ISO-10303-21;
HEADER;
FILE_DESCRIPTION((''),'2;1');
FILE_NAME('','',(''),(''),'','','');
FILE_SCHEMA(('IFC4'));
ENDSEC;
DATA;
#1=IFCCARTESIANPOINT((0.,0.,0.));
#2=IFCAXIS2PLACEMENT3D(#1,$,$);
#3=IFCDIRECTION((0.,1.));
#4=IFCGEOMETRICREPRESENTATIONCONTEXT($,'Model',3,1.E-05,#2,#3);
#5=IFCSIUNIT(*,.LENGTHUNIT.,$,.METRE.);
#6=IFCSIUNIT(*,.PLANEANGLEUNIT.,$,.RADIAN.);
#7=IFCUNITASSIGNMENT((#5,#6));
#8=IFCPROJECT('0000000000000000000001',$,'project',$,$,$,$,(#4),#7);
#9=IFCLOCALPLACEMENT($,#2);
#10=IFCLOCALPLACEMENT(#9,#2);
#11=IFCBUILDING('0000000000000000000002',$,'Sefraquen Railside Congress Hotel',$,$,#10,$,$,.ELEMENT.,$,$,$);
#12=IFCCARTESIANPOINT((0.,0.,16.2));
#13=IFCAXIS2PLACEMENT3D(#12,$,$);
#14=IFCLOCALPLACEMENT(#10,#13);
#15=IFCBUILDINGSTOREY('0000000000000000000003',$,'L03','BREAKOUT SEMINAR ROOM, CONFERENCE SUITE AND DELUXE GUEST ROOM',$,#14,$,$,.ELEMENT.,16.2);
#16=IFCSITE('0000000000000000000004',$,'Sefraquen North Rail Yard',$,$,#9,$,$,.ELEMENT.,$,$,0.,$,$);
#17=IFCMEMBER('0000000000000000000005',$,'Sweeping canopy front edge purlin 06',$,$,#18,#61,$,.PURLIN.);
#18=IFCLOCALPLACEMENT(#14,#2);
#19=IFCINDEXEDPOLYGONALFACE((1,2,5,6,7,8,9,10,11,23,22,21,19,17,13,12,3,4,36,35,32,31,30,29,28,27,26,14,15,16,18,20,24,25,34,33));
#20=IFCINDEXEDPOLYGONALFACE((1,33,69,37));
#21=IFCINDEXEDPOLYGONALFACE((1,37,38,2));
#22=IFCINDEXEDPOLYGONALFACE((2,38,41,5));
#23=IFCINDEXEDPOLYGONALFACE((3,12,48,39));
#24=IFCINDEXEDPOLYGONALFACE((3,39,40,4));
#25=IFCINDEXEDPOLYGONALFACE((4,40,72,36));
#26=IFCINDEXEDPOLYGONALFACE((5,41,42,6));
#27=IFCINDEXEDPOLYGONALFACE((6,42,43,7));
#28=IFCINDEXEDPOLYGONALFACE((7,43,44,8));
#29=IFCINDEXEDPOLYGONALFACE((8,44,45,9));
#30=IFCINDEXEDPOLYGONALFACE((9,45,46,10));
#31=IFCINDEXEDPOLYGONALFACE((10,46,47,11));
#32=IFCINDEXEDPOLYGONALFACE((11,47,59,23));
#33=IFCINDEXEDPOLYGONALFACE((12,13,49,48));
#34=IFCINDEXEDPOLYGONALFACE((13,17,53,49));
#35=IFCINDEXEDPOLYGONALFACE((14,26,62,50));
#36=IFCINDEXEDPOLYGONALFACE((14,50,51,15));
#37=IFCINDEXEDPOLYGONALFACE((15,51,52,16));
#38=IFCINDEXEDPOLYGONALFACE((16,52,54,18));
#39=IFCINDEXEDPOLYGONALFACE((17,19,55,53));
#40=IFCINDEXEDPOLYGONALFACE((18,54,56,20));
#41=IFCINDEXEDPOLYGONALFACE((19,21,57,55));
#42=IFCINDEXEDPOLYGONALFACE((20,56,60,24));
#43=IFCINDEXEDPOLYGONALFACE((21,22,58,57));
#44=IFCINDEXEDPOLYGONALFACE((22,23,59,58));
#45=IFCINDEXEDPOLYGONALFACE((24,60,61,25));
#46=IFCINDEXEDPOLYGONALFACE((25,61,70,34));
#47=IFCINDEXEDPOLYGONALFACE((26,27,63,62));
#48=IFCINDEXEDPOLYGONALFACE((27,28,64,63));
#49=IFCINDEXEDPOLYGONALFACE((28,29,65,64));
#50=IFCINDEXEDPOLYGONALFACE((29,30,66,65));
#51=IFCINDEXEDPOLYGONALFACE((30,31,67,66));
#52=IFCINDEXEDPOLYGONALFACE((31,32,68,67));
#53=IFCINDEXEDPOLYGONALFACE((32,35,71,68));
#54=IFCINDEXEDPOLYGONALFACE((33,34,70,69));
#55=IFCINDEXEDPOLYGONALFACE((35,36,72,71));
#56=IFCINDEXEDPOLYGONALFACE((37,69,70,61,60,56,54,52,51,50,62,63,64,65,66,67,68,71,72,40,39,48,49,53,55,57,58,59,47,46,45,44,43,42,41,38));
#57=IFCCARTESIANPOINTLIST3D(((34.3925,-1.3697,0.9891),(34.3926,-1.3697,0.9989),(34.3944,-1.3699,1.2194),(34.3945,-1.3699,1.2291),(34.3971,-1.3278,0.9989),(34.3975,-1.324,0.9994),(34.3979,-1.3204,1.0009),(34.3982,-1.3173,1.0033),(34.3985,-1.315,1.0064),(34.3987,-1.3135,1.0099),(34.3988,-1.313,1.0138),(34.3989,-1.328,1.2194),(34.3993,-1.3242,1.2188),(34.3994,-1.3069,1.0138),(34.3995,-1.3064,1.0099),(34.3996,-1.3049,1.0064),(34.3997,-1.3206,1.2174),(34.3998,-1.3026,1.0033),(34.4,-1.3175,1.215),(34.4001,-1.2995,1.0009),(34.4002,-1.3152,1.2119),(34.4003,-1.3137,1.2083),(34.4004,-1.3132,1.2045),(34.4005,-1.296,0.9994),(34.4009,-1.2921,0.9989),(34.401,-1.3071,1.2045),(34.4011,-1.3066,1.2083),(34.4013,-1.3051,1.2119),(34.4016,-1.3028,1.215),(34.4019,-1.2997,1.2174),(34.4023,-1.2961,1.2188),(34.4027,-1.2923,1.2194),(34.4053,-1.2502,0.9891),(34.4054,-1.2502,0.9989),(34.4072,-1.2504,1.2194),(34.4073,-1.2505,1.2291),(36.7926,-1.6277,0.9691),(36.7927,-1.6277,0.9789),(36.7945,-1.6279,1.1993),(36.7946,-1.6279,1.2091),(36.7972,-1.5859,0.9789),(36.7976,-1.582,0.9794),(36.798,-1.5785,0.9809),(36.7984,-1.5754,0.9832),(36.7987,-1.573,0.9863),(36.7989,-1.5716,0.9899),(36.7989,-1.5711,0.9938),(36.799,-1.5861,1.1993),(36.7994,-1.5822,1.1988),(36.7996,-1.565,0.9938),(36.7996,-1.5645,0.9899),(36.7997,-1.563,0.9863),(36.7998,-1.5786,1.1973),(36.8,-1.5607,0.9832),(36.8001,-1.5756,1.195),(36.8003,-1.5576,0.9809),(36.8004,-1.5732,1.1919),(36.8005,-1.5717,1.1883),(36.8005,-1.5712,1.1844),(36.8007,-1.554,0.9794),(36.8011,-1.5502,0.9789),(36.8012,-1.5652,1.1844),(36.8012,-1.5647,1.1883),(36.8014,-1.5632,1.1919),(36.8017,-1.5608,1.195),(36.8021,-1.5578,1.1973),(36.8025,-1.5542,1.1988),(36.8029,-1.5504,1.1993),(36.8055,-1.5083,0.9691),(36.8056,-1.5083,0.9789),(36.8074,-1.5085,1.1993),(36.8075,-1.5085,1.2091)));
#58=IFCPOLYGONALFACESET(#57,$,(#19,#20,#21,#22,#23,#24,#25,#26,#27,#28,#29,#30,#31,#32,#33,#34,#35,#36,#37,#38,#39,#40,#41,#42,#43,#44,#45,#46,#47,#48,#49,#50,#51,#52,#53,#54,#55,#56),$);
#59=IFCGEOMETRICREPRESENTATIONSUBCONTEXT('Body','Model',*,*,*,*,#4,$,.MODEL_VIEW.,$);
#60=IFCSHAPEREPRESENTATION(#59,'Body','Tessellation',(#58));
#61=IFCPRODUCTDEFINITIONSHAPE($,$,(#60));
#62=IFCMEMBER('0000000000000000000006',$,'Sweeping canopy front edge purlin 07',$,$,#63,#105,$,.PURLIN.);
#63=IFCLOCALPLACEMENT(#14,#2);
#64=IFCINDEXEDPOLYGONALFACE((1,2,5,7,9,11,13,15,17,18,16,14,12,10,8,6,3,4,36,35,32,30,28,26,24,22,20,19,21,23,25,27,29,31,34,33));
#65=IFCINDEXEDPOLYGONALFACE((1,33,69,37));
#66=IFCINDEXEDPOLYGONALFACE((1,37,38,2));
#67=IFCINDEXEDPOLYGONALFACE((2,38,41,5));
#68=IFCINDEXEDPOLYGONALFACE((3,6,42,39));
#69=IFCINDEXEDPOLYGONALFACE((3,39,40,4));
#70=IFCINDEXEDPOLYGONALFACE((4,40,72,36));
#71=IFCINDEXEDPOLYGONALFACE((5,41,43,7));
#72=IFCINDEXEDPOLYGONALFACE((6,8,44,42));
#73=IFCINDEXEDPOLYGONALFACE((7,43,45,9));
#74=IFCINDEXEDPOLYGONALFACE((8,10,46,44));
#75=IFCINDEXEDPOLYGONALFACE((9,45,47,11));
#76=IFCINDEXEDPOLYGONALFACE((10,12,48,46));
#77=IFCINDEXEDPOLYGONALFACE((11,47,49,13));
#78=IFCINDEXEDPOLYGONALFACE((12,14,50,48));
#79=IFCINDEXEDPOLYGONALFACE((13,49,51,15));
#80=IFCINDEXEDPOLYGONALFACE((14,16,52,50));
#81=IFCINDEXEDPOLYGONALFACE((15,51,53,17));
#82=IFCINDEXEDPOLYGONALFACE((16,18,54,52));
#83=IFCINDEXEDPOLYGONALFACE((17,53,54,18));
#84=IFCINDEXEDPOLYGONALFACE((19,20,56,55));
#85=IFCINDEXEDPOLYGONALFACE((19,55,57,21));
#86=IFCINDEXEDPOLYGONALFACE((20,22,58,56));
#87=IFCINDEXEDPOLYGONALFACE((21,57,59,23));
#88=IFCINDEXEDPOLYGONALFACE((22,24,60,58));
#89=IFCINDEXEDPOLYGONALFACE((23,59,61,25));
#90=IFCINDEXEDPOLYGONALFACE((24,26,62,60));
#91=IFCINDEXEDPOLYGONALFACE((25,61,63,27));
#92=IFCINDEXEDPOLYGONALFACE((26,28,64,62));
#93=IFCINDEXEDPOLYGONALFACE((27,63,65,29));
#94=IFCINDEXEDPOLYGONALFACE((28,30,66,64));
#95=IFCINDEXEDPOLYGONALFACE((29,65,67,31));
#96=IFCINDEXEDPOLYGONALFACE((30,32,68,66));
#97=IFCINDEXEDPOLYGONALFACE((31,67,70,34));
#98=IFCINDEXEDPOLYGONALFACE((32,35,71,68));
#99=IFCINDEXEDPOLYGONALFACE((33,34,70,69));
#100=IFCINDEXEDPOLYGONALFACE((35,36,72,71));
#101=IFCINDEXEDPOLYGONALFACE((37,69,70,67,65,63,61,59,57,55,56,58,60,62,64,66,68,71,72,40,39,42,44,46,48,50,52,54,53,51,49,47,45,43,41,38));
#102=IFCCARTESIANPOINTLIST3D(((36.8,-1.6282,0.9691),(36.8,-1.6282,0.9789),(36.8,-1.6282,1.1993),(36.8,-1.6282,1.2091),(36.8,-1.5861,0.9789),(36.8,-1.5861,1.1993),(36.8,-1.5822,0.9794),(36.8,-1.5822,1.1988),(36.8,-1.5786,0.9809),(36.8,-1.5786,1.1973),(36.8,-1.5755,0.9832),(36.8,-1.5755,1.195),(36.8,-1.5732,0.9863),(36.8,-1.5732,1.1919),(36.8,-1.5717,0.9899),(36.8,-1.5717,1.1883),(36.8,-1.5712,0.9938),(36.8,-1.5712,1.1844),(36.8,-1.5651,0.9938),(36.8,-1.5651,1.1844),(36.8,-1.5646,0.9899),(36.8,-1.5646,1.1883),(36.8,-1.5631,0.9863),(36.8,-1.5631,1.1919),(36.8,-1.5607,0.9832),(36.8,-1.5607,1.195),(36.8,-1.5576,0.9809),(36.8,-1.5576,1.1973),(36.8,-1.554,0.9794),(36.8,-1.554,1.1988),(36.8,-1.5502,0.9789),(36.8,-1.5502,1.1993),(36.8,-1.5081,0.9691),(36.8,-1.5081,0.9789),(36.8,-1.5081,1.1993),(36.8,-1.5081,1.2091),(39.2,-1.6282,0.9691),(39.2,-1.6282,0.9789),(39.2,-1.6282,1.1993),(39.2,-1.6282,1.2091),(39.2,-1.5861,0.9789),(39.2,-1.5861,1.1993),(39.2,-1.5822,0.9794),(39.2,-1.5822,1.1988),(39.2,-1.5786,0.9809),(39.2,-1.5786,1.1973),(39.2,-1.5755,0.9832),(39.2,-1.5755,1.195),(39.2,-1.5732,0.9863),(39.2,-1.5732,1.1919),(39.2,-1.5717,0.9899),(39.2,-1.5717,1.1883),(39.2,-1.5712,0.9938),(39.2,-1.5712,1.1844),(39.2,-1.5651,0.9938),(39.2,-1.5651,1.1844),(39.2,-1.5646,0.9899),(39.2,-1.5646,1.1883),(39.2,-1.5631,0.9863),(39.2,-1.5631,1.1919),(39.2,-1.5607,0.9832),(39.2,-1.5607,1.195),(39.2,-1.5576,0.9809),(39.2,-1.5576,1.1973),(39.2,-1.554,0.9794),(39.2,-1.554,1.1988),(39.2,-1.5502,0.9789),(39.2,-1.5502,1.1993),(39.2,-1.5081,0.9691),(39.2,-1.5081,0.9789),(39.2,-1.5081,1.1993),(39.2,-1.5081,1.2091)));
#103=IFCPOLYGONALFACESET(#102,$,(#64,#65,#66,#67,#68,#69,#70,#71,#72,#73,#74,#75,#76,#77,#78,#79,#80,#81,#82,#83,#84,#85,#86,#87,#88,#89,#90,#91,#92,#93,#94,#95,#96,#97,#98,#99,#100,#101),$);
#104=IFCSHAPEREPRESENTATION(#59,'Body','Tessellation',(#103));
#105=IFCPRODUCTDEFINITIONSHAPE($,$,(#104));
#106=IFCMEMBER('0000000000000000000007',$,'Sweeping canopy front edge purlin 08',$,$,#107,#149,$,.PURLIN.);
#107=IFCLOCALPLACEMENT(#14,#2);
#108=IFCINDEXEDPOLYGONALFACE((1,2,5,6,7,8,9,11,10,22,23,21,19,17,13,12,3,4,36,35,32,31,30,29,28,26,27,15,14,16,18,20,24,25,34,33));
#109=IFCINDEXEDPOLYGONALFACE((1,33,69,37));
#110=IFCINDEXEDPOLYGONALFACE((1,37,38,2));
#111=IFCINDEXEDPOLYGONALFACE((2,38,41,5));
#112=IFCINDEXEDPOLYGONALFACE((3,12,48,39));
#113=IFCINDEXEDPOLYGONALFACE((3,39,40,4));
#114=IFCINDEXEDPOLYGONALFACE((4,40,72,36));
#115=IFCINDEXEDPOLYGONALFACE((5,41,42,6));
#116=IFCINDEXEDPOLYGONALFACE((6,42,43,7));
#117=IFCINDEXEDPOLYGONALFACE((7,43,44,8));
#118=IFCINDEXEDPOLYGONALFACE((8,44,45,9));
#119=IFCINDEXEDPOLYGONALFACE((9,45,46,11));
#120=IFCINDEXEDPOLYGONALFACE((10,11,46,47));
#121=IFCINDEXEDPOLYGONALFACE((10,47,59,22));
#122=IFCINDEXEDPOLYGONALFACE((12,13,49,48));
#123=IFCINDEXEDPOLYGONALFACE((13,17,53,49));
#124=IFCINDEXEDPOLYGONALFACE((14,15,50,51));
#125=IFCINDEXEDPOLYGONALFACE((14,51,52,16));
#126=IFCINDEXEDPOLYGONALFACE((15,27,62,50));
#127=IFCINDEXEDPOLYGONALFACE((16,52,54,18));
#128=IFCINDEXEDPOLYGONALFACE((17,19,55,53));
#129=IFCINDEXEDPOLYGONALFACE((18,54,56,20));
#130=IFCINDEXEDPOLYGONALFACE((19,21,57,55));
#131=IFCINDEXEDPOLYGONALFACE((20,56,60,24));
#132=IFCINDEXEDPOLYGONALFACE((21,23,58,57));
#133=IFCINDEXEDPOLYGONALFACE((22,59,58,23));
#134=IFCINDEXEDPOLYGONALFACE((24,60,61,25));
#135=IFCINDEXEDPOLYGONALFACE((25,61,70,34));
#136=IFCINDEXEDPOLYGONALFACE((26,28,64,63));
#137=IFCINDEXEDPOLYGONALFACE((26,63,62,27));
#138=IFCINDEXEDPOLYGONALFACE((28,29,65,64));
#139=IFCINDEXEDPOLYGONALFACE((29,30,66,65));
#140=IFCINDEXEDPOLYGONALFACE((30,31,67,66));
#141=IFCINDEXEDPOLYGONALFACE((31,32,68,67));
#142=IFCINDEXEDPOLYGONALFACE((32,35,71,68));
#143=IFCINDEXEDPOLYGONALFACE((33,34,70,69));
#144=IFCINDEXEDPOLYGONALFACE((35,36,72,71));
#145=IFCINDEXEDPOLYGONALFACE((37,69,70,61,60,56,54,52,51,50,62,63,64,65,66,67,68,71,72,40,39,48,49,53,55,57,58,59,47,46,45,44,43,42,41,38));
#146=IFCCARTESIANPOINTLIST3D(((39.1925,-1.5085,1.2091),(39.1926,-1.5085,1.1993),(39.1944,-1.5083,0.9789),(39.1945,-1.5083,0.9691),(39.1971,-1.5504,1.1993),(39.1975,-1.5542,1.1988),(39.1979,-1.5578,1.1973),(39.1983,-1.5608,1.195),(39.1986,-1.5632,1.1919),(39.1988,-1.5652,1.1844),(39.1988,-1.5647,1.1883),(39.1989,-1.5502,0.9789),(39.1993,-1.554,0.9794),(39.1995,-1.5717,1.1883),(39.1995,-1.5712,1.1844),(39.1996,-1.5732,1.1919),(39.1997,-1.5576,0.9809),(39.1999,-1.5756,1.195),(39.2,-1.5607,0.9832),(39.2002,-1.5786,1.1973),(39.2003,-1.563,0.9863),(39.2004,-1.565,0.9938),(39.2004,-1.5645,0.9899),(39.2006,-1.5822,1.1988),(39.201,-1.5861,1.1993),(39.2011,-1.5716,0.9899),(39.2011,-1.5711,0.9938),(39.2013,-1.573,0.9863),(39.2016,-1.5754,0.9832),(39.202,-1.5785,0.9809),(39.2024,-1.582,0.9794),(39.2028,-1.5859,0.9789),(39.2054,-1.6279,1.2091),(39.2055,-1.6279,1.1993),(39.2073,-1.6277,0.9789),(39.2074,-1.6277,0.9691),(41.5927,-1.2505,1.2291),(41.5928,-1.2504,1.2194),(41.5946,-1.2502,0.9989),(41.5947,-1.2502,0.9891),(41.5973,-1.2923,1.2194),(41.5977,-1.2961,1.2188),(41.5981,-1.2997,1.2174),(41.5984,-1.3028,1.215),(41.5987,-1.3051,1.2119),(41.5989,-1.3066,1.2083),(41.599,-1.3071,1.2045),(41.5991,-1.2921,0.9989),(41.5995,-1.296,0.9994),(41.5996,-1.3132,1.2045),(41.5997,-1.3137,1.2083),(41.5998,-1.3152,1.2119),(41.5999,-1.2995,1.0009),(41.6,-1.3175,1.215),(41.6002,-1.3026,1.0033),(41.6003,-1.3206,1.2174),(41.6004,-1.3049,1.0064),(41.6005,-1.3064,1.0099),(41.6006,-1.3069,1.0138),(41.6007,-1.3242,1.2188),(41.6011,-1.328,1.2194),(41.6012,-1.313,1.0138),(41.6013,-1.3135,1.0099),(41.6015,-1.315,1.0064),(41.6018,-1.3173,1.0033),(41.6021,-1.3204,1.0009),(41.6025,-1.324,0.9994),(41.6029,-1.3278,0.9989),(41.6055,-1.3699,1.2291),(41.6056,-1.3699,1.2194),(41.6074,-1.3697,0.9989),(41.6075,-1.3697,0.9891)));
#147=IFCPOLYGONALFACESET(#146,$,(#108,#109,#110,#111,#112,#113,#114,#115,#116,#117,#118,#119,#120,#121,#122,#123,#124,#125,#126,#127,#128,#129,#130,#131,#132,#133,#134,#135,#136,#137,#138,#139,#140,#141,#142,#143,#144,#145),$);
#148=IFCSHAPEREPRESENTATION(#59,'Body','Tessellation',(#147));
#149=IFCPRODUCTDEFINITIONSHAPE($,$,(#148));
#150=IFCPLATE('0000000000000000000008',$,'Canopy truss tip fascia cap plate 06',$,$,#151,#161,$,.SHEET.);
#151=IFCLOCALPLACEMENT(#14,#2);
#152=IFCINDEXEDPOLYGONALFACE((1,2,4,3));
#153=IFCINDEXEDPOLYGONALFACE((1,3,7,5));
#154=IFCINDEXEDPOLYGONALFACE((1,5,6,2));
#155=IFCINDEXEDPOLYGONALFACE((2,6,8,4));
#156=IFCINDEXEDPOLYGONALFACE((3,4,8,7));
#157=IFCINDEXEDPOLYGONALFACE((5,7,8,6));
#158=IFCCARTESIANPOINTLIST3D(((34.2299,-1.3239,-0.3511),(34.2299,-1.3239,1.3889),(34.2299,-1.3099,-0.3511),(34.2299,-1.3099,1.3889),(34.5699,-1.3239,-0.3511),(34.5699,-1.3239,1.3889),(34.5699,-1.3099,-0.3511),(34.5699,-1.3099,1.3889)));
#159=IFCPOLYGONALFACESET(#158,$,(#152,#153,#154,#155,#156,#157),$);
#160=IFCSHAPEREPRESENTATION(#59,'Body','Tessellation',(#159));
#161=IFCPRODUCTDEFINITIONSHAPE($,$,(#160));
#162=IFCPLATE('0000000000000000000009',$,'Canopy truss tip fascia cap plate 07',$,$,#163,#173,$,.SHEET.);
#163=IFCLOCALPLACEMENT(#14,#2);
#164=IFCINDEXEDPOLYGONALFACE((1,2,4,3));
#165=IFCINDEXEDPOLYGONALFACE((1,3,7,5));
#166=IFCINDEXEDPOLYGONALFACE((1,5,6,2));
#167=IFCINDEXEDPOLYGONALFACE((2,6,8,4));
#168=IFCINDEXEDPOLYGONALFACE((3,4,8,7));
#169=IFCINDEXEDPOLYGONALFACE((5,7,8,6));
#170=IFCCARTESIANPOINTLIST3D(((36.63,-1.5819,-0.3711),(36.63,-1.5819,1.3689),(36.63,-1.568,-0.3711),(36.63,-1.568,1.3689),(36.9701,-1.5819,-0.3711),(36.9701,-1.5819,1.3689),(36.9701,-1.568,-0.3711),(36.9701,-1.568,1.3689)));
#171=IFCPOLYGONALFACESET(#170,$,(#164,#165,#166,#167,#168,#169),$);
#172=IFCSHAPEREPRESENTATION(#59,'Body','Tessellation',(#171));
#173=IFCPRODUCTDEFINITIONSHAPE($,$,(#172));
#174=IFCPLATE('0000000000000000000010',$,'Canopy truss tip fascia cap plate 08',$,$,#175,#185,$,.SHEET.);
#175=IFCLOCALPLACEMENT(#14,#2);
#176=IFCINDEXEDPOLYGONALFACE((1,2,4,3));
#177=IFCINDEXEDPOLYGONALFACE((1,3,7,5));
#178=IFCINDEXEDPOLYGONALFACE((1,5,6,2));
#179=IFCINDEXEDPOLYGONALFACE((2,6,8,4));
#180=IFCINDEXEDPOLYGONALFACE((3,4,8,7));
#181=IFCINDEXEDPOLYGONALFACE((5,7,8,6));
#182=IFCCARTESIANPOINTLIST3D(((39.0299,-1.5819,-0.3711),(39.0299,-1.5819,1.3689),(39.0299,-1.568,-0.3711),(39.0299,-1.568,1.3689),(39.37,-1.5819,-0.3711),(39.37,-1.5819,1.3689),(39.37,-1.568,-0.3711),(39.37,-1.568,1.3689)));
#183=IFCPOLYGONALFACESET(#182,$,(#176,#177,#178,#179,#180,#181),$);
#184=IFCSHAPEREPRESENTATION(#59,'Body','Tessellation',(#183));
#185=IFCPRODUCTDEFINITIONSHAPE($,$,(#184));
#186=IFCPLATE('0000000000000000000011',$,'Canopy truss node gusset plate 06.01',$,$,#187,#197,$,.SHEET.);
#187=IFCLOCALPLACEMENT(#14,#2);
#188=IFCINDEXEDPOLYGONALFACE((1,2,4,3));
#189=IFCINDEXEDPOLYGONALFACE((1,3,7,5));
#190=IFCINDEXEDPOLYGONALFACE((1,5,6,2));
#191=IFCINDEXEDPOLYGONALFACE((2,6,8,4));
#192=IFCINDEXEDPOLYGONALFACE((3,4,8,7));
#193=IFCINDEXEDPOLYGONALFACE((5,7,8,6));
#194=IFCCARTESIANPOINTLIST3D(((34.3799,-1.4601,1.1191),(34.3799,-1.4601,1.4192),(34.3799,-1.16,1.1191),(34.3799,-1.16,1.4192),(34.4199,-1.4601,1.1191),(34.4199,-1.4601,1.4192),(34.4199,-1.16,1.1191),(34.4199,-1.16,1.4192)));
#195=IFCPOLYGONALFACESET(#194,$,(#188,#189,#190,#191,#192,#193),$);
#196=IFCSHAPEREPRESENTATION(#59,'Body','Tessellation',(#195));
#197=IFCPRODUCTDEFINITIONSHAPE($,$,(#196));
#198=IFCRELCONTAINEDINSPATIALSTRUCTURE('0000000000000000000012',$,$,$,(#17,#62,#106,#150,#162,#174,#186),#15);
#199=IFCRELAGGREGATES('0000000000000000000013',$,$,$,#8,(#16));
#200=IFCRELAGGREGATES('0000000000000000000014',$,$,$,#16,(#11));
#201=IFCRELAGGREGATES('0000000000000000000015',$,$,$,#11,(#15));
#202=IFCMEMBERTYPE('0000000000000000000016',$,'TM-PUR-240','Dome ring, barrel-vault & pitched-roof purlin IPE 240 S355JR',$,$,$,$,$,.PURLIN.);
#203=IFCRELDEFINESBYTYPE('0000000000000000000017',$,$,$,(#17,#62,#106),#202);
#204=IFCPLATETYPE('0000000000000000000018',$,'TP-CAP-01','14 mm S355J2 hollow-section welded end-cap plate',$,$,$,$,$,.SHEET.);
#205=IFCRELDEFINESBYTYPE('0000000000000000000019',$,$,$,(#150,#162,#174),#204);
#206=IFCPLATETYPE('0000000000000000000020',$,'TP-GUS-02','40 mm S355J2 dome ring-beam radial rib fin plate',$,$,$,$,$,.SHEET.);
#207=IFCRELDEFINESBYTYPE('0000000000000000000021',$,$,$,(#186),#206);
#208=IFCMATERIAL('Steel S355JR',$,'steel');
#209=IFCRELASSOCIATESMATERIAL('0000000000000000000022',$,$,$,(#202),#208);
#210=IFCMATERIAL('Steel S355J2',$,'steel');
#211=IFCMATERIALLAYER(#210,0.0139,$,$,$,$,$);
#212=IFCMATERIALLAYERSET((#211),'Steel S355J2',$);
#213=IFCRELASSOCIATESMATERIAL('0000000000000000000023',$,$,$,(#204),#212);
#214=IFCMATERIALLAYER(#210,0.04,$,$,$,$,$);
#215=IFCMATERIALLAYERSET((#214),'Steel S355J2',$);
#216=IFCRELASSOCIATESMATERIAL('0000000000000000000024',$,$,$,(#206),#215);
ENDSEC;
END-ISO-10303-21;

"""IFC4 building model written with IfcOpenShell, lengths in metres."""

from ifc_helpers import new_model, si_unit, direction, frame, origin, origin_2d, place, context, subcontext, project, spatial, rectangle, i_section, extrude, material, layer, layer_set, material_profile, profile_set, type_object, element, save


model = new_model("IFC4")

# Units and contexts
model_context = context("Model", 3, precision=1e-05, world=origin(), true_north=direction((0.0, 1.0)))
body_context = subcontext(model_context, "Body", "Model", "MODEL_VIEW")
ifc_project = project(units=[si_unit("LENGTHUNIT", "METRE"), si_unit("PLANEANGLEUNIT", "RADIAN")], contexts=[model_context])

# Site, building, storey
site_placement = place(None, origin())
site = spatial("IfcSite", under=ifc_project, at=site_placement, Name="Sefraquen North Rail Yard", CompositionType="ELEMENT", RefElevation=0.0)
building_placement = place(site_placement, origin())
building = spatial("IfcBuilding", under=site, at=building_placement, Name="Sefraquen Railside Congress Hotel", CompositionType="ELEMENT")
storey_placement = place(building_placement, frame((0.0, 0.0, 16.2)))
storey = spatial("IfcBuildingStorey", under=building, at=storey_placement, Name="L03", Description="BREAKOUT SEMINAR ROOM, CONFERENCE SUITE AND DELUXE GUEST ROOM", CompositionType="ELEMENT", Elevation=16.2)

# Members
ifc_material_1 = material(Name="Steel S355J2", Category="steel")
ifc_material_2 = material(Name="Steel S355JR", Category="steel")
ifc_material_profile_1 = material_profile(ifc_material_2, i_section(OverallWidth=0.1201, OverallDepth=0.24, WebThickness=0.0061, FlangeThickness=0.0098, FilletRadius=0.0149, at=origin_2d()), Name="IPE 240")
ifc_profile_set_1 = profile_set([ifc_material_profile_1], Name="Steel S355JR")
member_type_1 = type_object("IfcMemberType", Name="TM-PUR-240", Description="Dome ring, barrel-vault & pitched-roof purlin IPE 240 S355JR", PredefinedType="PURLIN", material=ifc_profile_set_1)
member_1_placement = place(storey_placement, frame((34.3999, -1.3101, 1.1091), z_axis=(0.994235, -0.106897, -0.008293), x_axis=(0.106901, 0.99427, 0.0)))
element("IfcMember", 1, at=member_1_placement, inside=storey, type_object=member_type_1, Name="Sweeping canopy front edge purlin 06", PredefinedType="PURLIN", context=body_context, shape_type="SweptSolid", body=[
    extrude(i_section(OverallWidth=0.1201, OverallDepth=0.24, WebThickness=0.0061, FlangeThickness=0.0098, FilletRadius=0.0149, at=origin_2d()), origin(), (0.0, 0.0, 1.0), 2.4141),
])
member_2_placement = place(storey_placement, frame((36.8, -1.5681, 1.0891), z_axis=(1.0, 0.0, 0.0), x_axis=(0.0, 1.0, 0.0)))
element("IfcMember", 2, at=member_2_placement, inside=storey, type_object=member_type_1, Name="Sweeping canopy front edge purlin 07", PredefinedType="PURLIN", context=body_context, shape_type="SweptSolid", body=[
    extrude(i_section(OverallWidth=0.1201, OverallDepth=0.24, WebThickness=0.0061, FlangeThickness=0.0098, FilletRadius=0.0149, at=origin_2d()), origin(), (0.0, 0.0, 1.0), 2.3999),
])
member_3_placement = place(storey_placement, frame((39.2, -1.5681, 1.0891), z_axis=(0.994235, 0.106897, 0.008293), x_axis=(-0.106901, 0.99427, 0.0)))
element("IfcMember", 3, at=member_3_placement, inside=storey, type_object=member_type_1, Name="Sweeping canopy front edge purlin 08", PredefinedType="PURLIN", context=body_context, shape_type="SweptSolid", body=[
    extrude(i_section(OverallWidth=0.1201, OverallDepth=0.24, WebThickness=0.0061, FlangeThickness=0.0098, FilletRadius=0.0149, at=origin_2d()), origin(), (0.0, 0.0, 1.0), 2.4141),
])

# Plates
ifc_layer_1 = layer(ifc_material_1, 0.0139)
ifc_layer_set_1 = layer_set([ifc_layer_1], Name="Steel S355J2")
plate_type_1 = type_object("IfcPlateType", Name="TP-CAP-01", Description="14 mm S355J2 hollow-section welded end-cap plate", PredefinedType="SHEET", material=ifc_layer_set_1)
for number, where, z_axis, x_axis, name in (
    (4, (34.3999, -1.3169, -0.3511), (0.0, 0.0, 1.0), (1.0, 0.0, 0.0), "Canopy truss tip fascia cap plate 06"),
    (5, (36.8, -1.575, -0.3711), (0.0, 0.0, 1.0), (1.0, 0.0, 0.0), "Canopy truss tip fascia cap plate 07"),
    (6, (39.2, -1.575, -0.3711), (0.0, 0.0, 1.0), (1.0, 0.0, 0.0), "Canopy truss tip fascia cap plate 08"),
):
    element("IfcPlate", number, at=place(storey_placement, frame(where, z_axis=z_axis, x_axis=x_axis)), inside=storey, type_object=plate_type_1, Name=name, PredefinedType="SHEET", context=body_context, shape_type="SweptSolid", body=[
        extrude(rectangle(XDim=0.3401, YDim=0.0139, at=origin_2d()), origin(), (0.0, 0.0, 1.0), 1.74),
    ])
ifc_layer_2 = layer(ifc_material_1, 0.04)
ifc_layer_set_2 = layer_set([ifc_layer_2], Name="Steel S355J2")
plate_type_2 = type_object("IfcPlateType", Name="TP-GUS-02", Description="40 mm S355J2 dome ring-beam radial rib fin plate", PredefinedType="SHEET", material=ifc_layer_set_2)
for number, where, z_axis, x_axis, name in (
    (7, (34.3999, -1.3101, 1.1191), (0.0, 0.0, 1.0), (1.0, 0.0, 0.0), "Canopy truss node gusset plate 06.01"),
):
    element("IfcPlate", number, at=place(storey_placement, frame(where, z_axis=z_axis, x_axis=x_axis)), inside=storey, type_object=plate_type_2, Name=name, PredefinedType="SHEET", context=body_context, shape_type="SweptSolid", body=[
        extrude(rectangle(XDim=0.04, YDim=0.3, at=origin_2d()), origin(), (0.0, 0.0, 1.0), 0.3),
    ])

save(model, "model.ifc")
